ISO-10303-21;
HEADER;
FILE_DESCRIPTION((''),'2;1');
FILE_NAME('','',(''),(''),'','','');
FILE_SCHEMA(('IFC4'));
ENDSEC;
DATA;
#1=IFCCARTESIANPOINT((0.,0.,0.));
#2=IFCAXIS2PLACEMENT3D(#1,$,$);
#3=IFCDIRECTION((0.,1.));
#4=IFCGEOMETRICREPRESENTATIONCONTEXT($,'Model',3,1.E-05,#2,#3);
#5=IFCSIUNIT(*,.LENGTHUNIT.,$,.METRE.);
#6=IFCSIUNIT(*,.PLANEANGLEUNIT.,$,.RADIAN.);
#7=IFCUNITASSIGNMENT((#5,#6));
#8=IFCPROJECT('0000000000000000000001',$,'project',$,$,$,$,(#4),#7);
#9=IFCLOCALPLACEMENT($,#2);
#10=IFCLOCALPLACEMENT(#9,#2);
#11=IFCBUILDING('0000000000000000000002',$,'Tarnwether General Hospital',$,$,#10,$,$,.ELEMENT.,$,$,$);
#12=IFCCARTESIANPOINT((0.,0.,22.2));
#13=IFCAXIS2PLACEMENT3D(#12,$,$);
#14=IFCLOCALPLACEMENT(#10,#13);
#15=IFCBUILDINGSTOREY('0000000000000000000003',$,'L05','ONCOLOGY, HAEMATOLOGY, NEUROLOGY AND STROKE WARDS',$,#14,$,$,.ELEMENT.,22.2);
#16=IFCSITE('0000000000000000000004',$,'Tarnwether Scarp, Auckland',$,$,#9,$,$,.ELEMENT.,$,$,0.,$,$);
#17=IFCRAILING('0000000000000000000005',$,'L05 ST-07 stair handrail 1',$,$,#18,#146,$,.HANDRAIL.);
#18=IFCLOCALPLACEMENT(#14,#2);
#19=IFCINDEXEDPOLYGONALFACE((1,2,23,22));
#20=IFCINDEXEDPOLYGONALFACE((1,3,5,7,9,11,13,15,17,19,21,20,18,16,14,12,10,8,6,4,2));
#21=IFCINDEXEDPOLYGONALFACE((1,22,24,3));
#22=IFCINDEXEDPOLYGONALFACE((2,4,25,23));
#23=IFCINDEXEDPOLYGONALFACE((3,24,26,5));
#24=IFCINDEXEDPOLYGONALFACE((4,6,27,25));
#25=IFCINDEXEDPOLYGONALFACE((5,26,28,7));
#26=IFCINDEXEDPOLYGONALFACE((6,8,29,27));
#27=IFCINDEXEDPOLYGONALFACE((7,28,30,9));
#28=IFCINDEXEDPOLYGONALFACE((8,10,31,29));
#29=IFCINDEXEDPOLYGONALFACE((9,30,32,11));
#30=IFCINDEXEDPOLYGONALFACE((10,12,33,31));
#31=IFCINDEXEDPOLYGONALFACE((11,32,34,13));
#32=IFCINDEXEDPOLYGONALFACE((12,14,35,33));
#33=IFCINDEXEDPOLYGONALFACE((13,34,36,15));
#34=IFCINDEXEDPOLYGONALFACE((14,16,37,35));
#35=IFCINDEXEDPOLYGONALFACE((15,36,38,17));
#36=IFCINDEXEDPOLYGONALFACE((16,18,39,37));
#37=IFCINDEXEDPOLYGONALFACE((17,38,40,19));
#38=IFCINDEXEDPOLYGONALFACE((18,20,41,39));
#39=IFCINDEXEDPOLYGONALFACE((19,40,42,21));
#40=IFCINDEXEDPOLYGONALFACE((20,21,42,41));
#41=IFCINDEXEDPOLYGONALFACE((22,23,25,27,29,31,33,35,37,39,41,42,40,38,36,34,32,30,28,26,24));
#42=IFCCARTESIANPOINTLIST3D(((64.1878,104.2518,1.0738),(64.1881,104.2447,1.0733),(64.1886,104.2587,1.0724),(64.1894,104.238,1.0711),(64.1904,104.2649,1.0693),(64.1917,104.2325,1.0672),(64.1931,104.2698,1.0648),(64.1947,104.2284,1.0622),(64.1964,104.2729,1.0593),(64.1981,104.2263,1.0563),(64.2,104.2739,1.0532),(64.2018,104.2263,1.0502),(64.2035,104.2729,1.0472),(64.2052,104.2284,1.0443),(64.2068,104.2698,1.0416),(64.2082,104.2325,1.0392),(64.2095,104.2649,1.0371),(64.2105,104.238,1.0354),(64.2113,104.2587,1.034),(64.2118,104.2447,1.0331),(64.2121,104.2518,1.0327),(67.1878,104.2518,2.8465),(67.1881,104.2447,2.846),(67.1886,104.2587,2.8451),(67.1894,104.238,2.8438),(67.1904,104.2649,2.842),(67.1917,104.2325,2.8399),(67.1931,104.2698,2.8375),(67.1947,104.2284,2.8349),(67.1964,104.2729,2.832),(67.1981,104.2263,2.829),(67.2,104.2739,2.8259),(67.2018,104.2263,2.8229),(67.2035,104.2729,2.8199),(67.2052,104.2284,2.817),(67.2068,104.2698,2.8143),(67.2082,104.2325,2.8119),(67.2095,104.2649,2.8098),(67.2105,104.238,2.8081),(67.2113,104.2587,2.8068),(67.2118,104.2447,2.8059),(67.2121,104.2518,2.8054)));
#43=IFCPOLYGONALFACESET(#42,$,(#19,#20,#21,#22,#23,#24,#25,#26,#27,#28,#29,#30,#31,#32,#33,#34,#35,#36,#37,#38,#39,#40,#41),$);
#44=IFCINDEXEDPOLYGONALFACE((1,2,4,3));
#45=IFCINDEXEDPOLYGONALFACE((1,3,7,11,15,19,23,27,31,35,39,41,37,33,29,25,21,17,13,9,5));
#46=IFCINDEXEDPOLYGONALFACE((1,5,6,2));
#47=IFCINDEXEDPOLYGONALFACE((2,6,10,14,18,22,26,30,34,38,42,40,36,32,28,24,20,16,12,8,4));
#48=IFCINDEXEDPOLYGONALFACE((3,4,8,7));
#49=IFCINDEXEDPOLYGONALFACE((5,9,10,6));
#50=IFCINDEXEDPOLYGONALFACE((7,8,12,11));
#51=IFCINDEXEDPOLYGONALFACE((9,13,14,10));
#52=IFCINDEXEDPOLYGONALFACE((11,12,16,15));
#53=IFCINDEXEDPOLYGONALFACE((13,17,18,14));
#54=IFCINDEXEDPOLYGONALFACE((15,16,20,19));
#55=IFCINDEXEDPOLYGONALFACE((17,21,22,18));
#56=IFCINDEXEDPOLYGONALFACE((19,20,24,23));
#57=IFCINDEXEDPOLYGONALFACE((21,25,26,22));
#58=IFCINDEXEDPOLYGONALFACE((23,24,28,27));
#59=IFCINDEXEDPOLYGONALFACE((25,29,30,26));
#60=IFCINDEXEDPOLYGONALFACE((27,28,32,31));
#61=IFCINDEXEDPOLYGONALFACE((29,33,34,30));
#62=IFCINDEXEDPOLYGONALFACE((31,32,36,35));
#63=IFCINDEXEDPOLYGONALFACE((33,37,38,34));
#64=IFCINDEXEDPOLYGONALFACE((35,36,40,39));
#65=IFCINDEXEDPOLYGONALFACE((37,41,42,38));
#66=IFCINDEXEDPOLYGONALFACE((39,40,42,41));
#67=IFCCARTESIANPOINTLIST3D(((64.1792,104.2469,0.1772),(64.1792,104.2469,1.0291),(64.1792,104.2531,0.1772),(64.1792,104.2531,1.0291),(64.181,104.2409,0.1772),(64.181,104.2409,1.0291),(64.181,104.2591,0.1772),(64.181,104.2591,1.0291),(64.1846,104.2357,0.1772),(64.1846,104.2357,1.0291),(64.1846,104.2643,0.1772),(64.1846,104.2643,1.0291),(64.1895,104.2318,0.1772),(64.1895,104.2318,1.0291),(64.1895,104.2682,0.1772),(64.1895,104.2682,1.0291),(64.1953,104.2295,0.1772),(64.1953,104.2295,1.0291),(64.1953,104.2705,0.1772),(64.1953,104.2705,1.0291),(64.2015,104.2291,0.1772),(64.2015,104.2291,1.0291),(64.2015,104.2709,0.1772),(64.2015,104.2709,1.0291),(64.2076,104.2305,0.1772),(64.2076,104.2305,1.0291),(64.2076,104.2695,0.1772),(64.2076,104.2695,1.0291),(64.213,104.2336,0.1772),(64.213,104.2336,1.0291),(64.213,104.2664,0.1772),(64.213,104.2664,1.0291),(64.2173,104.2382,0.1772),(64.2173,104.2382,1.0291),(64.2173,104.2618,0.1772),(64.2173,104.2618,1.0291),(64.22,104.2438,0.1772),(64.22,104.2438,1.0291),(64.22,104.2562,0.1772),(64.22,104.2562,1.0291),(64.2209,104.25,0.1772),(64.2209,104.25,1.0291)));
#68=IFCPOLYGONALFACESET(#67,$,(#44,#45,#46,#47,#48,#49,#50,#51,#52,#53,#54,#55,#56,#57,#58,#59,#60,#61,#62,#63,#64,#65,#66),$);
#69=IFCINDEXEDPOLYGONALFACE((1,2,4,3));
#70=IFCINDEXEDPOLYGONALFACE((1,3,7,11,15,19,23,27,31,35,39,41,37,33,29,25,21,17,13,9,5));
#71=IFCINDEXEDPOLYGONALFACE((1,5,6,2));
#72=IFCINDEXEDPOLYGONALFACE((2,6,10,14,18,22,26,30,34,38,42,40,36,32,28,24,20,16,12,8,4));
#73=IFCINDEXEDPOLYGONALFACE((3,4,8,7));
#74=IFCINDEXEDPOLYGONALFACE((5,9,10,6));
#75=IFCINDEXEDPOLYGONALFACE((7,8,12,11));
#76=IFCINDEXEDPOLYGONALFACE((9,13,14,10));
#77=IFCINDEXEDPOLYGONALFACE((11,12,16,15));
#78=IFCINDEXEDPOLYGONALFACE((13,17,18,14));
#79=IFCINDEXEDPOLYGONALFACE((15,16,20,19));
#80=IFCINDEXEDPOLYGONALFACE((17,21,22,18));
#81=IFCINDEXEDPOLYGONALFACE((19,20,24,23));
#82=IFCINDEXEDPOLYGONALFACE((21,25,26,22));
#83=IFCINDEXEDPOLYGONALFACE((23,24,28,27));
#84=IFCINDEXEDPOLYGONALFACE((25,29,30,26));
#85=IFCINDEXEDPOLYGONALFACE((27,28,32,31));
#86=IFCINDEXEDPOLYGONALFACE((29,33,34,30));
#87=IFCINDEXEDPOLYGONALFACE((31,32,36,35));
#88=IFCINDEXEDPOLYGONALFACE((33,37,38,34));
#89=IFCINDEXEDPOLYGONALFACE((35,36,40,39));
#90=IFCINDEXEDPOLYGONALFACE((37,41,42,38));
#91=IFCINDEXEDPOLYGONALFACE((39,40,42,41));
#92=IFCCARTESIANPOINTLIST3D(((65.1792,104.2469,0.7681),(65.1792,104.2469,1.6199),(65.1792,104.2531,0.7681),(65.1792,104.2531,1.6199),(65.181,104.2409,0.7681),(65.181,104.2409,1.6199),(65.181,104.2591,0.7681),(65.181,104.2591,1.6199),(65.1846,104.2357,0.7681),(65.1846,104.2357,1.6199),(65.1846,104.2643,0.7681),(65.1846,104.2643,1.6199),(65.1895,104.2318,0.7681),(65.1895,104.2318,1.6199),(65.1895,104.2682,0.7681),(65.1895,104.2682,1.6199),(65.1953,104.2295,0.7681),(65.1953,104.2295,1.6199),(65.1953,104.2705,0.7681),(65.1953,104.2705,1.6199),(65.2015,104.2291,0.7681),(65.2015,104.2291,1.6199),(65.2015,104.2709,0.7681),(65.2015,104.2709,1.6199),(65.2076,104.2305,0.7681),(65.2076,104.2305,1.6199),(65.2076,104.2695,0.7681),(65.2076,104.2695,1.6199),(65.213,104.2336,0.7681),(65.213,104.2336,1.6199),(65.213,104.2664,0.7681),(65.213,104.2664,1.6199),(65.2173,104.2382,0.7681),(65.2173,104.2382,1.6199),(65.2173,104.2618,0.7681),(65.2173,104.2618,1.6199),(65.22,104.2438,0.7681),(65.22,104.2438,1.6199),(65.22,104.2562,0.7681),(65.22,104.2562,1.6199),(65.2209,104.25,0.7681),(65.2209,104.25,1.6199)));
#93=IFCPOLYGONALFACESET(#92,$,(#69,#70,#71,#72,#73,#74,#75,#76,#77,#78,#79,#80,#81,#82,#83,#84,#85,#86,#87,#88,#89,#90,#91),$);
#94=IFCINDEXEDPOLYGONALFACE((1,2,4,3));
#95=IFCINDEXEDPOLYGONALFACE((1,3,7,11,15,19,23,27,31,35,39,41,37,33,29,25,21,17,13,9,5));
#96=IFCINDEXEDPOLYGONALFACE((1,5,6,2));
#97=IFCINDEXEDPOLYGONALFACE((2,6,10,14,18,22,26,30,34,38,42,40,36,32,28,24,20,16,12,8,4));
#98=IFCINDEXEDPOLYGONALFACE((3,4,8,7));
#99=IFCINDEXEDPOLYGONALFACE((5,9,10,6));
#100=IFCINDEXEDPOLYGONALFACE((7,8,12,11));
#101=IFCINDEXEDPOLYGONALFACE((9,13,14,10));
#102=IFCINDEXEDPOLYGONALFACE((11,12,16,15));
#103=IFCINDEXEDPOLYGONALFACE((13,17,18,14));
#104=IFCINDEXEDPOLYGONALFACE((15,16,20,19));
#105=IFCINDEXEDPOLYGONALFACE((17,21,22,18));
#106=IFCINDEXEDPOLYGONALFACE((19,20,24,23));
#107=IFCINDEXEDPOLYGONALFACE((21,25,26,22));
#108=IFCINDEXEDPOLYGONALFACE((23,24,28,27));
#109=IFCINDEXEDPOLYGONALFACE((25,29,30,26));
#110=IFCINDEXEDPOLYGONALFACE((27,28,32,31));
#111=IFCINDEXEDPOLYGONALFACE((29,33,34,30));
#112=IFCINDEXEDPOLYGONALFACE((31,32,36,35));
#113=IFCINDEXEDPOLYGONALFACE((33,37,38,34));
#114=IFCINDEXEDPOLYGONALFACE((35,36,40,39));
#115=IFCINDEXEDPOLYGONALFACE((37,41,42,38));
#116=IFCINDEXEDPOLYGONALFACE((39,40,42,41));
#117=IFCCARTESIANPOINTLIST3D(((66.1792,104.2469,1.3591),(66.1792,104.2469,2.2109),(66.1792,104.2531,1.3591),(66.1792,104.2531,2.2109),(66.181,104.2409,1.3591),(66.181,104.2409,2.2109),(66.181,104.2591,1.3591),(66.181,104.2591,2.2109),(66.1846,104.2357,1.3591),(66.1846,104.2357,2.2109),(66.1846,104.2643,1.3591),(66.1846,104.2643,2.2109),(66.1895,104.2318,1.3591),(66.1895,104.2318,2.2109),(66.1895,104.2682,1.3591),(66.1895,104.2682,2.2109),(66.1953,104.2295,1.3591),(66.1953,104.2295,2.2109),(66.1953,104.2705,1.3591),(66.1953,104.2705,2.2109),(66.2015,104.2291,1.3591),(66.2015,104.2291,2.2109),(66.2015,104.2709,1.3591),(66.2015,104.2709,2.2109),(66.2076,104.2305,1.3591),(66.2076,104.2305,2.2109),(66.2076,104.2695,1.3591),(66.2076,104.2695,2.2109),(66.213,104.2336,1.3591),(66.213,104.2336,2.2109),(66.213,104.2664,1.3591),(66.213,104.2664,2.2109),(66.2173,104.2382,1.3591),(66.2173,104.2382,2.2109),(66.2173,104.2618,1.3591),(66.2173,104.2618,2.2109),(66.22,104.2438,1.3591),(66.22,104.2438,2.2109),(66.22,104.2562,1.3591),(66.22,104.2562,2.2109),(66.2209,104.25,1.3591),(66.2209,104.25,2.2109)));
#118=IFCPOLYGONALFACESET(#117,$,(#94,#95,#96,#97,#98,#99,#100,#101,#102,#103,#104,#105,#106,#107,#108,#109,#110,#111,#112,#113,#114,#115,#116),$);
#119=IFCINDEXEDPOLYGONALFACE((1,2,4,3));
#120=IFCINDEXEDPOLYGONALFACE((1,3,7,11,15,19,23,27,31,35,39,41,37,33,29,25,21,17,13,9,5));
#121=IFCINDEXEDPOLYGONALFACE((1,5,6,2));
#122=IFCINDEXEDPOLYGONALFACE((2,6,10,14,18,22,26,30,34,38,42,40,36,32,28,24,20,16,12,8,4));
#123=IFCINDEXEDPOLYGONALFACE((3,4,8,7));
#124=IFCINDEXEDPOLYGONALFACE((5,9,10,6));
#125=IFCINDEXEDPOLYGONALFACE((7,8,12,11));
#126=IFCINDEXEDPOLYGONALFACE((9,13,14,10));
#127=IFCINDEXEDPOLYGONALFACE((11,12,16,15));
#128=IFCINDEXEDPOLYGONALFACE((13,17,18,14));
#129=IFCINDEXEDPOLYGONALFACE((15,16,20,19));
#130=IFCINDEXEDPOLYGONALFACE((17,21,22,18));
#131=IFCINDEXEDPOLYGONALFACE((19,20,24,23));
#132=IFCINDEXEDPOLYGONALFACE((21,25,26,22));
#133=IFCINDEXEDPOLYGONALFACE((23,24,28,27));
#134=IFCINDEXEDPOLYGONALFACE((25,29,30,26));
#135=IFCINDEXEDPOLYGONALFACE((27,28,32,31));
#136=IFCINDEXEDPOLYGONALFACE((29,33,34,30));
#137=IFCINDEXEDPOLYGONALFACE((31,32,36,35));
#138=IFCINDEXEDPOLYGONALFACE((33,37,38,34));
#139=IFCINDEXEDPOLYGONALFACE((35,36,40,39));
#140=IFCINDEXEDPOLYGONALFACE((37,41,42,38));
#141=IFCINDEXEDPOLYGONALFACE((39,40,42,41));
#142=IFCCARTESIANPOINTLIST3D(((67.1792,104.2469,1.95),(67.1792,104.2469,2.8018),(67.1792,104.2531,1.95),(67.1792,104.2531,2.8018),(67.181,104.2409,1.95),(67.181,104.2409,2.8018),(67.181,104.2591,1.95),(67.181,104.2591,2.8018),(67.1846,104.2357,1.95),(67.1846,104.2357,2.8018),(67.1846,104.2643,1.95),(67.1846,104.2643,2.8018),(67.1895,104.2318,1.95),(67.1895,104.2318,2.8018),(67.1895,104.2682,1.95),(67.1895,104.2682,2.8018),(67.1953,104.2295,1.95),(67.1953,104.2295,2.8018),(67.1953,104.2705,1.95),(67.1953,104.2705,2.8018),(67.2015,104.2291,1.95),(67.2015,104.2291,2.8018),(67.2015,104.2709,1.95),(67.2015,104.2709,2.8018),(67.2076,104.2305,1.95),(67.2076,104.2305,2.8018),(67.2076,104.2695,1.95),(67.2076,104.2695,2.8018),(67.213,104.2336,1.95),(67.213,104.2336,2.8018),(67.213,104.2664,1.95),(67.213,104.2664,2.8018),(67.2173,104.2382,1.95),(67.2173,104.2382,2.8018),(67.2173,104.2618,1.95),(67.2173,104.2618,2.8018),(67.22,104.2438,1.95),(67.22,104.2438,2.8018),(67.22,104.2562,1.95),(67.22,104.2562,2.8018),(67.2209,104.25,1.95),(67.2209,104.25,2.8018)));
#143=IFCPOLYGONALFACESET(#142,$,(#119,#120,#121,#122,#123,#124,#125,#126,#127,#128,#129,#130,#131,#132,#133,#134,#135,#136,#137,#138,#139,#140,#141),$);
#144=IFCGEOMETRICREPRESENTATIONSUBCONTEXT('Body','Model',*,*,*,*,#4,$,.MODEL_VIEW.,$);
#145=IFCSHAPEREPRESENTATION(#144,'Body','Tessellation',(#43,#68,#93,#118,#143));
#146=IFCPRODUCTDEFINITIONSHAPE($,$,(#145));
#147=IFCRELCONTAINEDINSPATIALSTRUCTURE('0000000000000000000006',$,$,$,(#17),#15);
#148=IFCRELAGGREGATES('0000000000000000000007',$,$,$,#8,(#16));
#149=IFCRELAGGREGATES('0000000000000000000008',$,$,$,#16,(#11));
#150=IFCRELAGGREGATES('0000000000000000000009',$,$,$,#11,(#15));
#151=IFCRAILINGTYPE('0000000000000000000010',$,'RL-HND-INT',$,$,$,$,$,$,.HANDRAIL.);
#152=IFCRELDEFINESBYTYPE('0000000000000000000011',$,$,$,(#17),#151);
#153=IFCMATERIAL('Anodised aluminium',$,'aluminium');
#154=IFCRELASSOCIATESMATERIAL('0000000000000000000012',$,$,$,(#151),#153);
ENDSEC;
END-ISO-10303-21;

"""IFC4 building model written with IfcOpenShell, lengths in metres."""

from ifc_helpers import new_model, si_unit, direction, frame, origin, origin_2d, place, context, subcontext, project, spatial, circle, extrude, material, type_object, element, save


model = new_model("IFC4")

# Units and contexts
model_context = context("Model", 3, precision=1e-05, world=origin(), true_north=direction((0.0, 1.0)))
body_context = subcontext(model_context, "Body", "Model", "MODEL_VIEW")
ifc_project = project(units=[si_unit("LENGTHUNIT", "METRE"), si_unit("PLANEANGLEUNIT", "RADIAN")], contexts=[model_context])

# Site, building, storey
site_placement = place(None, origin())
site = spatial("IfcSite", under=ifc_project, at=site_placement, Name="Tarnwether Scarp, Auckland", CompositionType="ELEMENT", RefElevation=0.0)
building_placement = place(site_placement, origin())
building = spatial("IfcBuilding", under=site, at=building_placement, Name="Tarnwether General Hospital", CompositionType="ELEMENT")
storey_placement = place(building_placement, frame((0.0, 0.0, 22.2)))
storey = spatial("IfcBuildingStorey", under=building, at=storey_placement, Name="L05", Description="ONCOLOGY, HAEMATOLOGY, NEUROLOGY AND STROKE WARDS", CompositionType="ELEMENT", Elevation=22.2)

# Railing
ifc_material_1 = material(Name="Anodised aluminium", Category="aluminium")
railing_type_1 = type_object("IfcRailingType", Name="RL-HND-INT", PredefinedType="HANDRAIL", material=ifc_material_1)
railing_1_placement = place(storey_placement, frame((64.2, 104.25, 0.1772)))
element("IfcRailing", 1, at=railing_1_placement, inside=storey, type_object=railing_type_1, Name="L05 ST-07 stair handrail 1", PredefinedType="HANDRAIL", context=body_context, shape_type="SweptSolid", body=[
    extrude(circle(Radius=0.0239, at=origin_2d()), frame((0.0, 0.0, 0.876), z_axis=(0.860929, 0.0, 0.508725), x_axis=(0.0, 1.0, 0.0)), (0.0, 0.0, 1.0), 3.4846),
    extrude(circle(Radius=0.021, at=origin_2d()), origin(), (0.0, 0.0, 1.0), 0.8518),
    extrude(circle(Radius=0.021, at=origin_2d()), frame((1.0, 0.0, 0.5908)), (0.0, 0.0, 1.0), 0.8518),
    extrude(circle(Radius=0.021, at=origin_2d()), frame((2.0, 0.0, 1.1819)), (0.0, 0.0, 1.0), 0.8518),
    extrude(circle(Radius=0.021, at=origin_2d()), frame((3.0, 0.0, 1.7727)), (0.0, 0.0, 1.0), 0.8518),
])

save(model, "model.ifc")
